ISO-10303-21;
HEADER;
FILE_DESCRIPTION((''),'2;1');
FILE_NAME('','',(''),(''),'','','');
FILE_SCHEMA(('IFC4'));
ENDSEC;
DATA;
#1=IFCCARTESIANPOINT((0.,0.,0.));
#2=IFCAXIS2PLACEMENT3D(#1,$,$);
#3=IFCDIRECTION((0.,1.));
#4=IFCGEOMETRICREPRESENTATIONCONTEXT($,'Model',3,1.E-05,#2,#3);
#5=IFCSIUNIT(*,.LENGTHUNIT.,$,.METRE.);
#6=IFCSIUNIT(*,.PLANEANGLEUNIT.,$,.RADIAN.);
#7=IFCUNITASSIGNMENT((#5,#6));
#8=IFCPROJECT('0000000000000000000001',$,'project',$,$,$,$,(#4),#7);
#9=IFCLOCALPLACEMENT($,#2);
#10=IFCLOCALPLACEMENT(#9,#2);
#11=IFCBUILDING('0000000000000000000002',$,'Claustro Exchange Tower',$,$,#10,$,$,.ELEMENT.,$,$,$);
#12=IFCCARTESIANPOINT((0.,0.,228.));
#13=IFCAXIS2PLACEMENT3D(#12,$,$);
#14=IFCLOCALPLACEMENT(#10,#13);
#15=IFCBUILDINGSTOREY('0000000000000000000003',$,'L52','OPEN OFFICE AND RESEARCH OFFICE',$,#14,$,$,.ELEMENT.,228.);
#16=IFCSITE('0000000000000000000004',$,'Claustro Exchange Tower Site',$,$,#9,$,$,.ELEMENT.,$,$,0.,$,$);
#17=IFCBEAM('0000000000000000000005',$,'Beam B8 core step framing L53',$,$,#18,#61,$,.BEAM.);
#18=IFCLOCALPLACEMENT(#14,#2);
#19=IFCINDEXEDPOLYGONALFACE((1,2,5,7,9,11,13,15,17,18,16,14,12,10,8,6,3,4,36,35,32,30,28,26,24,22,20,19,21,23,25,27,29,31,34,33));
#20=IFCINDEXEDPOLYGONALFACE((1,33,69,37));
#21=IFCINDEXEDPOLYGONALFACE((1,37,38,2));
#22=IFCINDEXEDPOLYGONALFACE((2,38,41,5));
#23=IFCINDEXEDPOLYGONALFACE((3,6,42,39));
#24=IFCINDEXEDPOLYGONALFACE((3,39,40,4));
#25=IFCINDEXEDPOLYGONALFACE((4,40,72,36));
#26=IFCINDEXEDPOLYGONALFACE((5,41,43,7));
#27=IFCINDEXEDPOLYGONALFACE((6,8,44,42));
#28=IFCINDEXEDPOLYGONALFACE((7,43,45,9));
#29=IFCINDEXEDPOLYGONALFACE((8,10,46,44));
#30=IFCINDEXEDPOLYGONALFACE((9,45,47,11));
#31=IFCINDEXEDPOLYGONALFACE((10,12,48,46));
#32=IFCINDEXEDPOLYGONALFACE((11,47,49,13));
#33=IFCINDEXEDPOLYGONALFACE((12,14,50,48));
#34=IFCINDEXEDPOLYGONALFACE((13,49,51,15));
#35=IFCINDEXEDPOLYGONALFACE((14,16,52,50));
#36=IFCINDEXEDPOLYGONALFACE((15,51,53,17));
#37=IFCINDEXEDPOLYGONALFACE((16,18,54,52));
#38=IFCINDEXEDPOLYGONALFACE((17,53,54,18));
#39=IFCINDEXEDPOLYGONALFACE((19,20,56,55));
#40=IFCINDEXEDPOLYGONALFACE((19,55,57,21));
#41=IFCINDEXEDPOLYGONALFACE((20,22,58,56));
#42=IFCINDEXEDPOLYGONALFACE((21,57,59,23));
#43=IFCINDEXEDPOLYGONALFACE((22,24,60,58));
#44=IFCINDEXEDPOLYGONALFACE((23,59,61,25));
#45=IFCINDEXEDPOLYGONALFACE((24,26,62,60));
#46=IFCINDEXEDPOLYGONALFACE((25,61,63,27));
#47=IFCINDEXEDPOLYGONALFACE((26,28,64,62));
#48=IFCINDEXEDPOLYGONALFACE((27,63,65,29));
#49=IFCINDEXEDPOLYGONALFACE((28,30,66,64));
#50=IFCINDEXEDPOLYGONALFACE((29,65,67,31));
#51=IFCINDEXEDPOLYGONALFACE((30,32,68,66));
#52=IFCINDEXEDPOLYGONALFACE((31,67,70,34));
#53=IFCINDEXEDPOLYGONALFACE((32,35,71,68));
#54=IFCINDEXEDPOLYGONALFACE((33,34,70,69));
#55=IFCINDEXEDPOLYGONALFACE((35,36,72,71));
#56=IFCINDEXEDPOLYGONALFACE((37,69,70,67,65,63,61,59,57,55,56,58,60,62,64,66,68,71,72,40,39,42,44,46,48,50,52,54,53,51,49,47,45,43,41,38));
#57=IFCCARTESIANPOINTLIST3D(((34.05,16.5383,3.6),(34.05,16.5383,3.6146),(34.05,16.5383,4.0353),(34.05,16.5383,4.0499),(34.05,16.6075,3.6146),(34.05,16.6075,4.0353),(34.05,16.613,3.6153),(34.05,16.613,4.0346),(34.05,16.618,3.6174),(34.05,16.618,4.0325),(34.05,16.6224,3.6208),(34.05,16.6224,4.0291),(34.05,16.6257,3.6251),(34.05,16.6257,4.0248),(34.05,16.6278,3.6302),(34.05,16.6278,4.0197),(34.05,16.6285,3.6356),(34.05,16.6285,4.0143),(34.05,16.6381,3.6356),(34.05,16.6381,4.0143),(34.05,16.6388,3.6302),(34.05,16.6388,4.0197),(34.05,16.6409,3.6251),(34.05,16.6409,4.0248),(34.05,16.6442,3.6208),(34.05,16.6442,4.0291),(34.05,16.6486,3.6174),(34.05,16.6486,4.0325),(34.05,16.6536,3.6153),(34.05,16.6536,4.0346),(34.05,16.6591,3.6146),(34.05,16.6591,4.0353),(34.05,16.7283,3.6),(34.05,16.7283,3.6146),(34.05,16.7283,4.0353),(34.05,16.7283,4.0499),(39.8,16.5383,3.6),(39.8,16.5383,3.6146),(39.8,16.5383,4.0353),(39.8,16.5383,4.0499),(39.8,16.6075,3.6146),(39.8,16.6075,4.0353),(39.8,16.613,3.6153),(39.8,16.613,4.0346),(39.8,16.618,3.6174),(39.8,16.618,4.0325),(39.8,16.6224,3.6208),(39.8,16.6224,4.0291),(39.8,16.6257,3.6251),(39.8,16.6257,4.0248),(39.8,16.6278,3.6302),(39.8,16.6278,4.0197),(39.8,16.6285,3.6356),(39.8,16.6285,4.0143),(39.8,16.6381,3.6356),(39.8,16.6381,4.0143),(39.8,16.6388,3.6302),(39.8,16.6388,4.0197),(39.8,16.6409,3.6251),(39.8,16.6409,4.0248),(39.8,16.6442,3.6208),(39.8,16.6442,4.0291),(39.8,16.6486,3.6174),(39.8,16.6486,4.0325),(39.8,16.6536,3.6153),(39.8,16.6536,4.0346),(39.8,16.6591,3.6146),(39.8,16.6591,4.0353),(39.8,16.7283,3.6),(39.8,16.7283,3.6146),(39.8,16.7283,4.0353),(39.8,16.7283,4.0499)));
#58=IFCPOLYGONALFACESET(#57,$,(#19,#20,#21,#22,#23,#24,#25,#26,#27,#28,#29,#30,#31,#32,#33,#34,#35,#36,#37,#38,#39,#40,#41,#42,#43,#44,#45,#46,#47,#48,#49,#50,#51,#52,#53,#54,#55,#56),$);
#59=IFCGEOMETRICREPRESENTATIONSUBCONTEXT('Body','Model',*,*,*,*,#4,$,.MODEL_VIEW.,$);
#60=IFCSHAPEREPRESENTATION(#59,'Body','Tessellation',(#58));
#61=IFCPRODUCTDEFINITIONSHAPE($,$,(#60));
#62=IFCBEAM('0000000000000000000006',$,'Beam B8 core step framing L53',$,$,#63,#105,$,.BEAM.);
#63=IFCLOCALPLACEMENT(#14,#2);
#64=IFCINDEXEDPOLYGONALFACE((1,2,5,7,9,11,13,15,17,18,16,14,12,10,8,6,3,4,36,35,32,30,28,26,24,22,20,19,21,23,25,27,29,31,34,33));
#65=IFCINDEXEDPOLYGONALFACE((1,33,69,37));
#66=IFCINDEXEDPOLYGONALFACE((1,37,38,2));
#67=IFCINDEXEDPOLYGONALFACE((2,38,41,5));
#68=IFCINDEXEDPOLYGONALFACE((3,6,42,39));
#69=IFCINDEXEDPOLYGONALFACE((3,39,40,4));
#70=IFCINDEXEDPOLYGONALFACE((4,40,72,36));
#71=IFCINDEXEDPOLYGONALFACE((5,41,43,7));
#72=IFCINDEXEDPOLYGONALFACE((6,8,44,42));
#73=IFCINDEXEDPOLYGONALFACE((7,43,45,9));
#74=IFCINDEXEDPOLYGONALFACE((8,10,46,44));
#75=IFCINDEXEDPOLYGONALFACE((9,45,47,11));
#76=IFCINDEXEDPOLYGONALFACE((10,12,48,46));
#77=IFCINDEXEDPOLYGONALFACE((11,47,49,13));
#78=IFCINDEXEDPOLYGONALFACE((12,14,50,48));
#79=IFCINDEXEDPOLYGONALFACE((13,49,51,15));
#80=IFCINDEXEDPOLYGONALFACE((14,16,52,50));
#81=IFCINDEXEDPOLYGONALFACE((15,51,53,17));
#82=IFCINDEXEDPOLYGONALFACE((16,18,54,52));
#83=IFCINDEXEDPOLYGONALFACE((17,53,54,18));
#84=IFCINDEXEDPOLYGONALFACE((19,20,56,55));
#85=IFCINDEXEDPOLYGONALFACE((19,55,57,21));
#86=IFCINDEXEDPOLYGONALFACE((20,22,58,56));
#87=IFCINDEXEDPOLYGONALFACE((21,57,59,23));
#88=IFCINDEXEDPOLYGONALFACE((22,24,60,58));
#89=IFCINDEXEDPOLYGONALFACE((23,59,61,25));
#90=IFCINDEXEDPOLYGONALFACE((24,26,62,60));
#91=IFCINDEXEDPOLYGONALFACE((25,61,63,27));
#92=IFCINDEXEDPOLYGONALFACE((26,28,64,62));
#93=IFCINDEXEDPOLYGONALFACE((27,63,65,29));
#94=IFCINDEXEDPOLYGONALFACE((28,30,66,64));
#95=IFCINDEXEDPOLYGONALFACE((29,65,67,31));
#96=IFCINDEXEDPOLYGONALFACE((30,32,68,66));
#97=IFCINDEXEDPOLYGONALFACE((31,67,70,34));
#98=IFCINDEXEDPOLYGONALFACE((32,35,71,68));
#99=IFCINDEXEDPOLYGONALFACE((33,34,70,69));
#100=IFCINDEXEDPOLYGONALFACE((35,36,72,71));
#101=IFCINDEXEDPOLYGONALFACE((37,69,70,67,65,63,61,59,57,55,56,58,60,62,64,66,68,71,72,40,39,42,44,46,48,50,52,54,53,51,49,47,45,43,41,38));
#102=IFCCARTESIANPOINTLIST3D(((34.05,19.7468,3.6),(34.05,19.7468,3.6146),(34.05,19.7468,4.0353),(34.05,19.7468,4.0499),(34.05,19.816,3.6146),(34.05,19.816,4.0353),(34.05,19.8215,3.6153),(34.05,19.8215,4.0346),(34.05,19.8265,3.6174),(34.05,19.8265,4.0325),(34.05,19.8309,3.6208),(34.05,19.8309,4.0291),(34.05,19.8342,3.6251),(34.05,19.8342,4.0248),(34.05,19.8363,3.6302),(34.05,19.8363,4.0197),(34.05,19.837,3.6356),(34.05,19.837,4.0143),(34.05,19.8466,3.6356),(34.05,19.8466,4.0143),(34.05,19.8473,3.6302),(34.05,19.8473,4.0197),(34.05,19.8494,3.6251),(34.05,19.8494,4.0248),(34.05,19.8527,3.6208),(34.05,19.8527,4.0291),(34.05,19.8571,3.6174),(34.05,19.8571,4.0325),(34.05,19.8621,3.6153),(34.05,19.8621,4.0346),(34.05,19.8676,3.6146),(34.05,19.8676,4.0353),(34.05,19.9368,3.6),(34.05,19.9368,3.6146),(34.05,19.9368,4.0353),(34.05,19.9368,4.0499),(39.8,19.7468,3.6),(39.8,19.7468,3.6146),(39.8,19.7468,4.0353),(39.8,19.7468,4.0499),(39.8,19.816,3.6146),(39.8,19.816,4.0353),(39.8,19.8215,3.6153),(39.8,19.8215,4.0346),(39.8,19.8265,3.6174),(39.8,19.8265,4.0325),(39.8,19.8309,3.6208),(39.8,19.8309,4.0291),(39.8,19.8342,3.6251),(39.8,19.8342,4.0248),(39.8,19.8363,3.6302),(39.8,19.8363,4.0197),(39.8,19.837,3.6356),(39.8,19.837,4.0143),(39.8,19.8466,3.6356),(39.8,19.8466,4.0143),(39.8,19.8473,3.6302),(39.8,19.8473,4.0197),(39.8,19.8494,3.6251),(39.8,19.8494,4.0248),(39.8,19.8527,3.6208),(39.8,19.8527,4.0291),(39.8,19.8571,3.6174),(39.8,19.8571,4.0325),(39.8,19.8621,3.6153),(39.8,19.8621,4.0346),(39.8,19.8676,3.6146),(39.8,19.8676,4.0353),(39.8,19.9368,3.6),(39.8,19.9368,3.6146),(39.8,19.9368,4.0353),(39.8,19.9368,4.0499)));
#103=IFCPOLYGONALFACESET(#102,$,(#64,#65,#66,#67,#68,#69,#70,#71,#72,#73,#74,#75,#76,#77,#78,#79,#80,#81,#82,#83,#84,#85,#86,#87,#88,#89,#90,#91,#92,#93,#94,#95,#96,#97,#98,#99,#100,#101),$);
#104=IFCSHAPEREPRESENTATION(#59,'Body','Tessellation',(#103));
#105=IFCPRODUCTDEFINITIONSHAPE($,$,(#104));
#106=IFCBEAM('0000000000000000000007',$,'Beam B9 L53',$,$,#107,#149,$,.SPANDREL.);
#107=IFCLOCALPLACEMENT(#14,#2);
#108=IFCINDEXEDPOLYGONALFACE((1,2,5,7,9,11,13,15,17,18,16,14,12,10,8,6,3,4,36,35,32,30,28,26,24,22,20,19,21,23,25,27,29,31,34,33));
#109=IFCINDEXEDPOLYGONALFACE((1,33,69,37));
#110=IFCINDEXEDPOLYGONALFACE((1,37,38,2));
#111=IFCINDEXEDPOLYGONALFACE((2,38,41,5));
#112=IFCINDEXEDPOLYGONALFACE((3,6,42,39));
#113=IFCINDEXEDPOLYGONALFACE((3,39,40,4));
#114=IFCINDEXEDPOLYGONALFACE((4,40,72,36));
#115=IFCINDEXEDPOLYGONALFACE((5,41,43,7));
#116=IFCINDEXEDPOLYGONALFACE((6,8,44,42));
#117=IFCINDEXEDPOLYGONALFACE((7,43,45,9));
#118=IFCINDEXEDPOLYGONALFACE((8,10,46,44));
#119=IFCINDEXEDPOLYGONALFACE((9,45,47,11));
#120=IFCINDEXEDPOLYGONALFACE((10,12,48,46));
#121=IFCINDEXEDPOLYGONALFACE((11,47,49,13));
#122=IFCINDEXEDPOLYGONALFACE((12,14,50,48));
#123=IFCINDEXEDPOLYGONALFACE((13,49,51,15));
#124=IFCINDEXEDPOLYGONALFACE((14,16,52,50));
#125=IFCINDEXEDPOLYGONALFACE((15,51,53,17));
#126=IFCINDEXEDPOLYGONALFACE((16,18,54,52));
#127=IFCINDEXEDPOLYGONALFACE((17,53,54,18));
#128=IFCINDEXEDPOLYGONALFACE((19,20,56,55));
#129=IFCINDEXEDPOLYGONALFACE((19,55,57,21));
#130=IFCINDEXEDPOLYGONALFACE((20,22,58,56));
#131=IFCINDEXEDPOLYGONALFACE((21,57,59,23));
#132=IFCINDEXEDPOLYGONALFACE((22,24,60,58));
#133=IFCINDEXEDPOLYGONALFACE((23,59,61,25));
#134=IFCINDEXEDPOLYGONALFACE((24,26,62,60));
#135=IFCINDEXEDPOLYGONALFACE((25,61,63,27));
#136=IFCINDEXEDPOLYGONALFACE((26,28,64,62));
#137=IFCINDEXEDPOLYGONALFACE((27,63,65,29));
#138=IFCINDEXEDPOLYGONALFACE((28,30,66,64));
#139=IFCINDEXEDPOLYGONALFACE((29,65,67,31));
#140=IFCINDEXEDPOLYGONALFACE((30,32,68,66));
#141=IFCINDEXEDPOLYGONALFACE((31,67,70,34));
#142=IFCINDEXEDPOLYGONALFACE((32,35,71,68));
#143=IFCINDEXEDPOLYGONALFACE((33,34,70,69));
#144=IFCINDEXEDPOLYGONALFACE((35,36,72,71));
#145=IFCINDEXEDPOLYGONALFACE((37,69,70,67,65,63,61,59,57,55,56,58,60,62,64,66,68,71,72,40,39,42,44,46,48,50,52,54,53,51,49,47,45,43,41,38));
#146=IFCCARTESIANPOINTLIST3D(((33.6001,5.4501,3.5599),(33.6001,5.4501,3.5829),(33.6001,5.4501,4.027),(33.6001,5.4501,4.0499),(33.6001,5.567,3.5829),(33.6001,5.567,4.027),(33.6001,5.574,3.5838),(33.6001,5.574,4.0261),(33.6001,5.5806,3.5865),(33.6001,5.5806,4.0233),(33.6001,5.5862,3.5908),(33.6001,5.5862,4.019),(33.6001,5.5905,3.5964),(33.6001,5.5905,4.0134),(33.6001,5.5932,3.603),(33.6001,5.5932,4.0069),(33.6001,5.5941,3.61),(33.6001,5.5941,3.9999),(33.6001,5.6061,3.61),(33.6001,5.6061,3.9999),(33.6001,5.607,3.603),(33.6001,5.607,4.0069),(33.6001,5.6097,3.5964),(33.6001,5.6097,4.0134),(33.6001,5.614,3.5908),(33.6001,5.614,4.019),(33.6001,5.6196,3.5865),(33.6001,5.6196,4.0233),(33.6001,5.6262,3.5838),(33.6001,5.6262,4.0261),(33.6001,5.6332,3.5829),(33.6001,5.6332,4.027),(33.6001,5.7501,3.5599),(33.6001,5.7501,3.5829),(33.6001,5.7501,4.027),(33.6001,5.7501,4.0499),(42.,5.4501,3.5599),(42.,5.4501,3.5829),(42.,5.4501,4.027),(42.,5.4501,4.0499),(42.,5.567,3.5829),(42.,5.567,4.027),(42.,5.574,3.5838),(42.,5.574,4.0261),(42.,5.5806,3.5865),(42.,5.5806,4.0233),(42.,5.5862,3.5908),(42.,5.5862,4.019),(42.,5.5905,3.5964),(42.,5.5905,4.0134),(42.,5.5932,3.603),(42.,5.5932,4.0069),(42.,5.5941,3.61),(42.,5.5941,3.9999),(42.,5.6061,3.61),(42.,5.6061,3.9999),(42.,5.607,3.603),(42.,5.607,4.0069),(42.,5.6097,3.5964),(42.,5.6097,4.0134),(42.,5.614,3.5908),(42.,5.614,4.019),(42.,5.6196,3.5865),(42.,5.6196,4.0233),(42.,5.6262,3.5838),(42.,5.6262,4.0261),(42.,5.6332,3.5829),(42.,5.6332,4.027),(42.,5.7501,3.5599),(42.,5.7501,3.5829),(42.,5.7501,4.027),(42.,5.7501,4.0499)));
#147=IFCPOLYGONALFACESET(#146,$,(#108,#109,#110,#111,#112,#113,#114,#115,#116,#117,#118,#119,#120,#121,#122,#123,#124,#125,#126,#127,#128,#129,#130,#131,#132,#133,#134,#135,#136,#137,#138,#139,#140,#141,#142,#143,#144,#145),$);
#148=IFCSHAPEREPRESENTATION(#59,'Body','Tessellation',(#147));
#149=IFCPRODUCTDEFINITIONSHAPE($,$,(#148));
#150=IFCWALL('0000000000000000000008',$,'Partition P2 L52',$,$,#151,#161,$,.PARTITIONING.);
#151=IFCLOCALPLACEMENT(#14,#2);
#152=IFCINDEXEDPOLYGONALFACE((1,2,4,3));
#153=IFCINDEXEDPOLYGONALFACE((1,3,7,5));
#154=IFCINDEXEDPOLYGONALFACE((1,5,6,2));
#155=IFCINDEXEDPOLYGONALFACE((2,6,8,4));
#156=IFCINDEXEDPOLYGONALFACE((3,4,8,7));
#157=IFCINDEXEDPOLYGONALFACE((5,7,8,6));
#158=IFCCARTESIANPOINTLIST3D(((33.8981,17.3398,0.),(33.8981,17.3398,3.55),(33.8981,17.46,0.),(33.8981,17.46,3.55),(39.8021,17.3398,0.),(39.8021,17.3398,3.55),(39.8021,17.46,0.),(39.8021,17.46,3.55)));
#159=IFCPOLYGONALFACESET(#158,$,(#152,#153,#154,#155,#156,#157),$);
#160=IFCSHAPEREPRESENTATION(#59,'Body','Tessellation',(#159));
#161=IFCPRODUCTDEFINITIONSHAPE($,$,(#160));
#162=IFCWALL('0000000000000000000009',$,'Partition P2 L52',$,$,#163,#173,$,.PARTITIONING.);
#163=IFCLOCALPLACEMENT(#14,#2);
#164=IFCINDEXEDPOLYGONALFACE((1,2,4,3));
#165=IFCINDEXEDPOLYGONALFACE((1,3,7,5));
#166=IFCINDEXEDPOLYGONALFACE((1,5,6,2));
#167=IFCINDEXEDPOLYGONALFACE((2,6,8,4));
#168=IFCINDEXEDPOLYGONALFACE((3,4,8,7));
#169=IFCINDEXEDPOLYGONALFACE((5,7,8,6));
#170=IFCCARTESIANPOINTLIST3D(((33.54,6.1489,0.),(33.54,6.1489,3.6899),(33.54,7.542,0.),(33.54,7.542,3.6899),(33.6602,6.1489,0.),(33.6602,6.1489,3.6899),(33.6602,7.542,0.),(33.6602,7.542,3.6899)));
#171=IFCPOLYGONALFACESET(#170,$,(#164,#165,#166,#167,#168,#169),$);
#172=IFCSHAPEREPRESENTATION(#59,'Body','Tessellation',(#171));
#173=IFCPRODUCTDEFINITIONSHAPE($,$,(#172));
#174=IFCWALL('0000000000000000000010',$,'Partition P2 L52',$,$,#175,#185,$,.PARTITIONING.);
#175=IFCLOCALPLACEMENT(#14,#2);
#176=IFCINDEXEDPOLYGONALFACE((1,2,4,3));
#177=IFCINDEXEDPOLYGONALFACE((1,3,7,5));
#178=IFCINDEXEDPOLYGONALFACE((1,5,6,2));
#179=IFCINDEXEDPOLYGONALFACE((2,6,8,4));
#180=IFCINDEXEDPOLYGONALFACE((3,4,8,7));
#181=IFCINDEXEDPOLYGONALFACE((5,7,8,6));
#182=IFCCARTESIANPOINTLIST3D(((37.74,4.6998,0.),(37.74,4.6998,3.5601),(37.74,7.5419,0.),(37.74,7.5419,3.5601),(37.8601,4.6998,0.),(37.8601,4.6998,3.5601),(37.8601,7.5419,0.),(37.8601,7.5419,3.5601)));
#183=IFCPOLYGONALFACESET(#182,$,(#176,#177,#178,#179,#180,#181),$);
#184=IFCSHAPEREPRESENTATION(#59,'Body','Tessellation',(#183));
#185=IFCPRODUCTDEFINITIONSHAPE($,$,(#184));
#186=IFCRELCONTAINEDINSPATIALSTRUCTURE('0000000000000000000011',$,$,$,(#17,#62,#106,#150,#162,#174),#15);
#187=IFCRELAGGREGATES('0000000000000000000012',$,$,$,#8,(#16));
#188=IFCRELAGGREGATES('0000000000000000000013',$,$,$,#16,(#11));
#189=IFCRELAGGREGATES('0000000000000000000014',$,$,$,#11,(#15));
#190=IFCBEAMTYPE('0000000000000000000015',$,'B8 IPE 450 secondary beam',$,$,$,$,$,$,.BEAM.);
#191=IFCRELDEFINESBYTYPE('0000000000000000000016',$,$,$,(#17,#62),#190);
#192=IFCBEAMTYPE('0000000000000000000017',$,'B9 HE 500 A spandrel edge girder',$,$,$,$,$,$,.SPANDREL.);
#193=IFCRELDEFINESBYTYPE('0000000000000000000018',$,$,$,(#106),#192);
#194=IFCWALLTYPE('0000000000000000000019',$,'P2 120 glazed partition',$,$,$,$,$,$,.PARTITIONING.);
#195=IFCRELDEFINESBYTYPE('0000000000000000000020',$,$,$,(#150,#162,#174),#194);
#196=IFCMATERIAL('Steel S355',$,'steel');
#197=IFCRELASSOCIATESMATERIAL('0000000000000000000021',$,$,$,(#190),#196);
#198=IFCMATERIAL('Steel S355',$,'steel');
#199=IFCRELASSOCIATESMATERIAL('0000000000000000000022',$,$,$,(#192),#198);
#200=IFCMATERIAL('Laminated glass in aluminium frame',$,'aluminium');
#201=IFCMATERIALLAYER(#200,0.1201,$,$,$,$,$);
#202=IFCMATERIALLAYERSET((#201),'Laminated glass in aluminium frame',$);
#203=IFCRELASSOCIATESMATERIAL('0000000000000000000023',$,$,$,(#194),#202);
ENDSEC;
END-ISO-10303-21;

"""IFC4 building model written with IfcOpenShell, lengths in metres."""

from ifc_helpers import new_model, si_unit, direction, frame, frame_2d, origin, origin_2d, place, context, subcontext, project, spatial, rectangle, i_section, extrude, material, layer, layer_set, material_profile, profile_set, type_object, element, save


model = new_model("IFC4")

# Units and contexts
model_context = context("Model", 3, precision=1e-05, world=origin(), true_north=direction((0.0, 1.0)))
body_context = subcontext(model_context, "Body", "Model", "MODEL_VIEW")
ifc_project = project(units=[si_unit("LENGTHUNIT", "METRE"), si_unit("PLANEANGLEUNIT", "RADIAN")], contexts=[model_context])

# Site, building, storey
site_placement = place(None, origin())
site = spatial("IfcSite", under=ifc_project, at=site_placement, Name="Claustro Exchange Tower Site", CompositionType="ELEMENT", RefElevation=0.0)
building_placement = place(site_placement, origin())
building = spatial("IfcBuilding", under=site, at=building_placement, Name="Claustro Exchange Tower", CompositionType="ELEMENT")
storey_placement = place(building_placement, frame((0.0, 0.0, 228.0)))
storey = spatial("IfcBuildingStorey", under=building, at=storey_placement, Name="L52", Description="OPEN OFFICE AND RESEARCH OFFICE", CompositionType="ELEMENT", Elevation=228.0)

# Beams
ifc_material_1 = material(Name="Steel S355", Category="steel")
ifc_material_profile_1 = material_profile(ifc_material_1, i_section(OverallWidth=0.1899, OverallDepth=0.45, WebThickness=0.0095, FlangeThickness=0.0146, FilletRadius=0.021, at=origin_2d()), Name="IPE 450")
ifc_profile_set_1 = profile_set([ifc_material_profile_1], Name="Steel S355")
beam_type_1 = type_object("IfcBeamType", Name="B8 IPE 450 secondary beam", PredefinedType="BEAM", material=ifc_profile_set_1)
for number, where, z_axis, x_axis, name in (
    (1, (34.05, 16.6333, 3.825), (1.0, 0.0, 0.0), (0.0, 1.0, 0.0), "Beam B8 core step framing L53"),
    (2, (34.05, 19.8418, 3.825), (1.0, 0.0, 0.0), (0.0, 1.0, 0.0), "Beam B8 core step framing L53"),
):
    element("IfcBeam", number, at=place(storey_placement, frame(where, z_axis=z_axis, x_axis=x_axis)), inside=storey, type_object=beam_type_1, Name=name, PredefinedType="BEAM", context=body_context, shape_type="SweptSolid", body=[
        extrude(i_section(OverallWidth=0.1899, OverallDepth=0.45, WebThickness=0.0095, FlangeThickness=0.0146, FilletRadius=0.021, at=origin_2d()), origin(), (0.0, 0.0, 1.0), 5.75),
    ])
ifc_material_2 = material(Name="Steel S355", Category="steel")
ifc_material_profile_2 = material_profile(ifc_material_2, i_section(OverallWidth=0.3, OverallDepth=0.49, WebThickness=0.012, FlangeThickness=0.0229, FilletRadius=0.0271, at=origin_2d()), Name="HE 500 A")
ifc_profile_set_2 = profile_set([ifc_material_profile_2], Name="Steel S355")
beam_type_2 = type_object("IfcBeamType", Name="B9 HE 500 A spandrel edge girder", PredefinedType="SPANDREL", material=ifc_profile_set_2)
beam_1_placement = place(storey_placement, frame((33.6001, 5.6001, 3.8049), z_axis=(1.0, 0.0, 0.0), x_axis=(0.0, 1.0, 0.0)))
element("IfcBeam", 3, at=beam_1_placement, inside=storey, type_object=beam_type_2, Name="Beam B9 L53", PredefinedType="SPANDREL", context=body_context, shape_type="SweptSolid", body=[
    extrude(i_section(OverallWidth=0.3, OverallDepth=0.49, WebThickness=0.012, FlangeThickness=0.0229, FilletRadius=0.0271, at=origin_2d()), origin(), (0.0, 0.0, 1.0), 8.3999),
])

# Walls
ifc_material_3 = material(Name="Laminated glass in aluminium frame", Category="aluminium")
ifc_layer_1 = layer(ifc_material_3, 0.1201)
ifc_layer_set_1 = layer_set([ifc_layer_1], Name="Laminated glass in aluminium frame")
wall_type_1 = type_object("IfcWallType", Name="P2 120 glazed partition", PredefinedType="PARTITIONING", material=ifc_layer_set_1)
wall_1_placement = place(storey_placement, frame((33.8979, 17.3999, 0.0), z_axis=(0.0, 0.0, 1.0), x_axis=(1.0, 0.0, 0.0)))
element("IfcWall", 4, at=wall_1_placement, inside=storey, type_object=wall_type_1, Name="Partition P2 L52", PredefinedType="PARTITIONING", context=body_context, shape_type="SweptSolid", body=[
    extrude(rectangle(XDim=5.9041, YDim=0.1201, at=frame_2d((2.9521, 0.0))), origin(), (0.0, 0.0, 1.0), 3.55),
])
wall_2_placement = place(storey_placement, frame((33.6001, 6.1489, 0.0), z_axis=(0.0, 0.0, 1.0), x_axis=(0.0, 1.0, 0.0)))
element("IfcWall", 5, at=wall_2_placement, inside=storey, type_object=wall_type_1, Name="Partition P2 L52", PredefinedType="PARTITIONING", context=body_context, shape_type="SweptSolid", body=[
    extrude(rectangle(XDim=1.3931, YDim=0.1201, at=frame_2d((0.6965, 0.0))), origin(), (0.0, 0.0, 1.0), 3.6899),
])
wall_3_placement = place(storey_placement, frame((37.8, 4.7, 0.0), z_axis=(0.0, 0.0, 1.0), x_axis=(0.0, 1.0, 0.0)))
element("IfcWall", 6, at=wall_3_placement, inside=storey, type_object=wall_type_1, Name="Partition P2 L52", PredefinedType="PARTITIONING", context=body_context, shape_type="SweptSolid", body=[
    extrude(rectangle(XDim=2.842, YDim=0.1201, at=frame_2d((1.4209, 0.0))), origin(), (0.0, 0.0, 1.0), 3.5601),
])

save(model, "model.ifc")
